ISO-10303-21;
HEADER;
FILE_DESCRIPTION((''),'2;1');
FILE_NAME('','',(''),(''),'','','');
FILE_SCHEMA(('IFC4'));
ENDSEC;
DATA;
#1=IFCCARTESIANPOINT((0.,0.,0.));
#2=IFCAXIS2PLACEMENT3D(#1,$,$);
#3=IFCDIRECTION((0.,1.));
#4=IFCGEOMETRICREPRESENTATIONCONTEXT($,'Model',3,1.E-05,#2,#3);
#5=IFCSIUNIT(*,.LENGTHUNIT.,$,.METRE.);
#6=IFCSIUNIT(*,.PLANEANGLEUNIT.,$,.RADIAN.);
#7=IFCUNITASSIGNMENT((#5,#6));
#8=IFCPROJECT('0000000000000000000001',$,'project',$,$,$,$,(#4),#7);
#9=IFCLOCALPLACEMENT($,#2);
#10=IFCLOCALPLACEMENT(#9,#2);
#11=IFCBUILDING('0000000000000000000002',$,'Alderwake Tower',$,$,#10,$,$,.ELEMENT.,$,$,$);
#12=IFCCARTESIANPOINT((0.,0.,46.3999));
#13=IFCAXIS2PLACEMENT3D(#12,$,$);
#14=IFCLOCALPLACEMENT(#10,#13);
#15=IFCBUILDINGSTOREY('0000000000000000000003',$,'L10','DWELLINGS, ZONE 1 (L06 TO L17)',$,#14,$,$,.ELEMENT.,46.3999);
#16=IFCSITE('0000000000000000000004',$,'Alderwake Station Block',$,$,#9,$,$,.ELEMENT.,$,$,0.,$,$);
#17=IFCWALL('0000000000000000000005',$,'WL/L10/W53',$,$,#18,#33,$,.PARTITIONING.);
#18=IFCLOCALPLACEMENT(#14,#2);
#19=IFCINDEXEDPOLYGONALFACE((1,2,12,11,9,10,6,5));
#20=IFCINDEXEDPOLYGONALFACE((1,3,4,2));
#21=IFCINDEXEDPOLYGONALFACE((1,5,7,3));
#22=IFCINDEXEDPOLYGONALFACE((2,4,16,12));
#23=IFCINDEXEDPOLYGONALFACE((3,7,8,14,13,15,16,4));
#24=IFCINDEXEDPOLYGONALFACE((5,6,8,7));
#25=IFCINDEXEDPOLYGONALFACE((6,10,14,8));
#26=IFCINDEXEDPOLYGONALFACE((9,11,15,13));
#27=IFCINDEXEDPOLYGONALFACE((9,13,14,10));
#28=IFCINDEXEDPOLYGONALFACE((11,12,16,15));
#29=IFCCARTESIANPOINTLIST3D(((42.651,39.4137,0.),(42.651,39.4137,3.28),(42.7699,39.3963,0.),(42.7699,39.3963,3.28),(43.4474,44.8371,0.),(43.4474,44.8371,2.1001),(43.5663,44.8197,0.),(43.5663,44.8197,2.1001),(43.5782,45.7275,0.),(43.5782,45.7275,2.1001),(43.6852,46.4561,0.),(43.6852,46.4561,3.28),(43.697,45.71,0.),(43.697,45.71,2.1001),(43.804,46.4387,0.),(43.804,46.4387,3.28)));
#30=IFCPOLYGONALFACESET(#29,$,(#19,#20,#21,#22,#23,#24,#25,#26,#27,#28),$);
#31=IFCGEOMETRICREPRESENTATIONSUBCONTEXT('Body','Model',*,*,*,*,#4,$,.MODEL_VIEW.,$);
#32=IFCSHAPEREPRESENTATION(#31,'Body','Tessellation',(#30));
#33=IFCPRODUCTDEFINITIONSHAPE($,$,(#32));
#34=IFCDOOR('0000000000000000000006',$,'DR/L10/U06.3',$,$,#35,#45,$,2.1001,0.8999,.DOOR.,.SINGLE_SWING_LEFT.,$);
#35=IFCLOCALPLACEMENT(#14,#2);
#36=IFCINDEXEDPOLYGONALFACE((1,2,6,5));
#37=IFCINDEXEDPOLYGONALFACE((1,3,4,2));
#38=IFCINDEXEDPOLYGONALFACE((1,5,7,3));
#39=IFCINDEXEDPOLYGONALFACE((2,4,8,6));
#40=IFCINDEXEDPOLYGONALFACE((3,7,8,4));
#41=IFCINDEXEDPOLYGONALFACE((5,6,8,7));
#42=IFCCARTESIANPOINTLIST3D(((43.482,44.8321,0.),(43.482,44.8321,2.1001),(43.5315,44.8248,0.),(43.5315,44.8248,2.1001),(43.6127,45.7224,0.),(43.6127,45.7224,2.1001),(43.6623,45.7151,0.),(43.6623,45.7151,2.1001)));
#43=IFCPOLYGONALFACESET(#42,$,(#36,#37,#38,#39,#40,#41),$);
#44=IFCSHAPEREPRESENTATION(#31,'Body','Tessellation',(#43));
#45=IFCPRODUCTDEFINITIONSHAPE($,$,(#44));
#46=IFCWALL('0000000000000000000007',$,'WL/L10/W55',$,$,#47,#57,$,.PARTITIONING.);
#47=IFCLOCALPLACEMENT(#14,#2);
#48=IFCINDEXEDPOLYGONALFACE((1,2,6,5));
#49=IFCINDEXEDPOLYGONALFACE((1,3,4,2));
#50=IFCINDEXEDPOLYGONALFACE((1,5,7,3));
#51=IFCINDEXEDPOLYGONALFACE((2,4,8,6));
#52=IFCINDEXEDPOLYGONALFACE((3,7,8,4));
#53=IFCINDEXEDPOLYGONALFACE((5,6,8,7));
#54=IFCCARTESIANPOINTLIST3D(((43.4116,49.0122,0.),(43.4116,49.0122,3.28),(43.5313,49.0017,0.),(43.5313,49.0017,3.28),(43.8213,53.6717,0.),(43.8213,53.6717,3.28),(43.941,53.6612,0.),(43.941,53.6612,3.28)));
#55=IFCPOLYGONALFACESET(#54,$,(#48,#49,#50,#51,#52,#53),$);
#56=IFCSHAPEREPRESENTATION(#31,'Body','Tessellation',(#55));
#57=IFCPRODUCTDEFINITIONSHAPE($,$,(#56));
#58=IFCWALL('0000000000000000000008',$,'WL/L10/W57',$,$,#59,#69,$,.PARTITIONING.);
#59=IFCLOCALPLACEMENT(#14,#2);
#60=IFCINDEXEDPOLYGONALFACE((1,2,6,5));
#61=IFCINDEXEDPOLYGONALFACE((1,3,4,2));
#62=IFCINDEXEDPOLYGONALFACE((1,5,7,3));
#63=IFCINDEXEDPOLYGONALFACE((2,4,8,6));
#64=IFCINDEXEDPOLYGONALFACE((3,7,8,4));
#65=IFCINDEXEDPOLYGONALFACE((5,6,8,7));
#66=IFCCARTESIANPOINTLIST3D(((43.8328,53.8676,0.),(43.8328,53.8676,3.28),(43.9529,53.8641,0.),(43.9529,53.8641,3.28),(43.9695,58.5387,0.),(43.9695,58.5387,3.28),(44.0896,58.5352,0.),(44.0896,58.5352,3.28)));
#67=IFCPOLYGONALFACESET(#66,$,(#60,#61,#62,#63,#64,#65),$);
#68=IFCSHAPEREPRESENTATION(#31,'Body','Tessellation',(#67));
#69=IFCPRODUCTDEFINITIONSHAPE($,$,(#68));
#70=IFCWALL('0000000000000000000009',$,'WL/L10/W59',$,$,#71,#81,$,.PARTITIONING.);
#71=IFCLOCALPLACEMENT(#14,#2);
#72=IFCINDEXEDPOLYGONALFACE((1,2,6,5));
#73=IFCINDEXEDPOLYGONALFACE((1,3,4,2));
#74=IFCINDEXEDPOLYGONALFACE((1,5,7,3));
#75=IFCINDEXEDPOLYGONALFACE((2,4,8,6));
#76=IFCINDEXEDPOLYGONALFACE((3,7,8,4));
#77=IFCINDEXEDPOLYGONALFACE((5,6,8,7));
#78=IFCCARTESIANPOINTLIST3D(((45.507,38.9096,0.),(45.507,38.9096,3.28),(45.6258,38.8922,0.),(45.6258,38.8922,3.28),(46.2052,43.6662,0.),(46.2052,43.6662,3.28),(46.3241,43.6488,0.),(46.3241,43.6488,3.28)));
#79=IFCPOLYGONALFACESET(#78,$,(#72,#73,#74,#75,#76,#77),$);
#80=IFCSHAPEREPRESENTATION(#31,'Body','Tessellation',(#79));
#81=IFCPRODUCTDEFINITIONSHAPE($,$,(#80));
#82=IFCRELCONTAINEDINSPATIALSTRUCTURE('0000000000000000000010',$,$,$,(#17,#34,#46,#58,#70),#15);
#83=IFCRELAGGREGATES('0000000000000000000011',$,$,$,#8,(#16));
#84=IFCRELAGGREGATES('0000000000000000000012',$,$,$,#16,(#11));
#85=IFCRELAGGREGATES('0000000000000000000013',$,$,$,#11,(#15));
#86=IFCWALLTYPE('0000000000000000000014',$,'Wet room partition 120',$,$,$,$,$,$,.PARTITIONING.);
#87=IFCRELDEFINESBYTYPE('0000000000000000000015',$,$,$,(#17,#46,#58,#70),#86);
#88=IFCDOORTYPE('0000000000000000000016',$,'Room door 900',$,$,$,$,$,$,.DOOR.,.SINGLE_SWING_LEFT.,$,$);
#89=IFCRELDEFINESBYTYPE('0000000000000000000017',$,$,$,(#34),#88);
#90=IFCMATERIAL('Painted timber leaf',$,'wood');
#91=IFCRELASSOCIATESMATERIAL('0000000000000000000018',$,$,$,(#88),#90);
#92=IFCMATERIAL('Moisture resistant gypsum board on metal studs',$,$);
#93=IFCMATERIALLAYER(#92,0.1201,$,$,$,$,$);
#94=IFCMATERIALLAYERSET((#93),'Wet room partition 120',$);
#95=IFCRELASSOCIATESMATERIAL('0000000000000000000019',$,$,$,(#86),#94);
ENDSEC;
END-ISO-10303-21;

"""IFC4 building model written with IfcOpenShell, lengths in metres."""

from ifc_helpers import new_model, si_unit, direction, frame, frame_2d, origin, place, context, subcontext, project, spatial, rectangle, extrude, material, layer, layer_set, type_object, element, fill, save


model = new_model("IFC4")

# Units and contexts
model_context = context("Model", 3, precision=1e-05, world=origin(), true_north=direction((0.0, 1.0)))
body_context = subcontext(model_context, "Body", "Model", "MODEL_VIEW")
ifc_project = project(units=[si_unit("LENGTHUNIT", "METRE"), si_unit("PLANEANGLEUNIT", "RADIAN")], contexts=[model_context])

# Site, building, storey
site_placement = place(None, origin())
site = spatial("IfcSite", under=ifc_project, at=site_placement, Name="Alderwake Station Block", CompositionType="ELEMENT", RefElevation=0.0)
building_placement = place(site_placement, origin())
building = spatial("IfcBuilding", under=site, at=building_placement, Name="Alderwake Tower", CompositionType="ELEMENT")
storey_placement = place(building_placement, frame((0.0, 0.0, 46.3999)))
storey = spatial("IfcBuildingStorey", under=building, at=storey_placement, Name="L10", Description="DWELLINGS, ZONE 1 (L06 TO L17)", CompositionType="ELEMENT", Elevation=46.3999)

# Shared definitions
ifc_material_1 = material(Name="Painted timber leaf", Category="wood")
door_type_1 = type_object("IfcDoorType", Name="Room door 900", OperationType="SINGLE_SWING_LEFT", PredefinedType="DOOR", material=ifc_material_1)

# Wall, opening, door
ifc_material_2 = material(Name="Moisture resistant gypsum board on metal studs")
ifc_layer_1 = layer(ifc_material_2, 0.1201)
ifc_layer_set_1 = layer_set([ifc_layer_1], Name="Wet room partition 120")
wall_type_1 = type_object("IfcWallType", Name="Wet room partition 120", PredefinedType="PARTITIONING", material=ifc_layer_set_1)
wall_1_placement = place(storey_placement, frame((43.7446, 46.4475, 0.0), z_axis=(0.0, 0.0, 1.0), x_axis=(-0.145291, -0.989389, 0.0)))
wall_1 = element("IfcWall", 1, at=wall_1_placement, inside=storey, type_object=wall_type_1, Name="WL/L10/W53", PredefinedType="PARTITIONING", context=body_context, shape_type="SweptSolid", body=[
    extrude(rectangle(XDim=7.1179, YDim=0.1201, at=frame_2d((3.5591, 0.0))), origin(), (0.0, 0.0, 1.0), 3.28),
])
opening_1_placement = place(wall_1_placement, frame((0.7366, 0.0, 0.0)))
opening_1 = element("IfcOpeningElement", 2, at=opening_1_placement, cuts=wall_1, PredefinedType="OPENING", context=body_context, shape_type="SweptSolid", body=[
    extrude(rectangle(XDim=0.8999, YDim=2.1001, at=frame_2d((0.45, 1.05))), frame((0.0, 0.0701, 0.0), z_axis=(0.0, -1.0, 0.0), x_axis=(1.0, 0.0, 0.0)), (0.0, 0.0, 1.0), 0.1401),
])
door_1_placement = place(opening_1_placement, origin())
door_1 = element("IfcDoor", 3, at=door_1_placement, inside=storey, type_object=door_type_1, Name="DR/L10/U06.3", OperationType="SINGLE_SWING_LEFT", OverallHeight=2.1001, OverallWidth=0.8999, PredefinedType="DOOR", context=body_context, shape_type="SweptSolid", body=[
    extrude(rectangle(XDim=0.8999, YDim=2.1001, at=frame_2d((0.45, 1.05))), frame((0.0, 0.0249, 0.0), z_axis=(0.0, -1.0, 0.0), x_axis=(1.0, 0.0, 0.0)), (0.0, 0.0, 1.0), 0.05),
])
fill(opening_1, door_1)

# Walls
wall_2_placement = place(storey_placement, frame((43.4714, 49.0068, 0.0), z_axis=(0.0, 0.0, 1.0), x_axis=(0.087585, 0.996157, 0.0)))
element("IfcWall", 4, at=wall_2_placement, inside=storey, type_object=wall_type_1, Name="WL/L10/W55", PredefinedType="PARTITIONING", context=body_context, shape_type="SweptSolid", body=[
    extrude(rectangle(XDim=4.6775, YDim=0.1201, at=frame_2d((2.3389, 0.0))), origin(), (0.0, 0.0, 1.0), 3.28),
])
wall_3_placement = place(storey_placement, frame((43.8928, 53.866, 0.0), z_axis=(0.0, 0.0, 1.0), x_axis=(0.029256, 0.999572, 0.0)))
element("IfcWall", 5, at=wall_3_placement, inside=storey, type_object=wall_type_1, Name="WL/L10/W57", PredefinedType="PARTITIONING", context=body_context, shape_type="SweptSolid", body=[
    extrude(rectangle(XDim=4.6731, YDim=0.1201, at=frame_2d((2.3364, 0.0))), origin(), (0.0, 0.0, 1.0), 3.28),
])
wall_4_placement = place(storey_placement, frame((45.5664, 38.9009, 0.0), z_axis=(0.0, 0.0, 1.0), x_axis=(0.145238, 0.989397, 0.0)))
element("IfcWall", 6, at=wall_4_placement, inside=storey, type_object=wall_type_1, Name="WL/L10/W59", PredefinedType="PARTITIONING", context=body_context, shape_type="SweptSolid", body=[
    extrude(rectangle(XDim=4.8076, YDim=0.1201, at=frame_2d((2.4038, 0.0))), origin(), (0.0, 0.0, 1.0), 3.28),
])

save(model, "model.ifc")
